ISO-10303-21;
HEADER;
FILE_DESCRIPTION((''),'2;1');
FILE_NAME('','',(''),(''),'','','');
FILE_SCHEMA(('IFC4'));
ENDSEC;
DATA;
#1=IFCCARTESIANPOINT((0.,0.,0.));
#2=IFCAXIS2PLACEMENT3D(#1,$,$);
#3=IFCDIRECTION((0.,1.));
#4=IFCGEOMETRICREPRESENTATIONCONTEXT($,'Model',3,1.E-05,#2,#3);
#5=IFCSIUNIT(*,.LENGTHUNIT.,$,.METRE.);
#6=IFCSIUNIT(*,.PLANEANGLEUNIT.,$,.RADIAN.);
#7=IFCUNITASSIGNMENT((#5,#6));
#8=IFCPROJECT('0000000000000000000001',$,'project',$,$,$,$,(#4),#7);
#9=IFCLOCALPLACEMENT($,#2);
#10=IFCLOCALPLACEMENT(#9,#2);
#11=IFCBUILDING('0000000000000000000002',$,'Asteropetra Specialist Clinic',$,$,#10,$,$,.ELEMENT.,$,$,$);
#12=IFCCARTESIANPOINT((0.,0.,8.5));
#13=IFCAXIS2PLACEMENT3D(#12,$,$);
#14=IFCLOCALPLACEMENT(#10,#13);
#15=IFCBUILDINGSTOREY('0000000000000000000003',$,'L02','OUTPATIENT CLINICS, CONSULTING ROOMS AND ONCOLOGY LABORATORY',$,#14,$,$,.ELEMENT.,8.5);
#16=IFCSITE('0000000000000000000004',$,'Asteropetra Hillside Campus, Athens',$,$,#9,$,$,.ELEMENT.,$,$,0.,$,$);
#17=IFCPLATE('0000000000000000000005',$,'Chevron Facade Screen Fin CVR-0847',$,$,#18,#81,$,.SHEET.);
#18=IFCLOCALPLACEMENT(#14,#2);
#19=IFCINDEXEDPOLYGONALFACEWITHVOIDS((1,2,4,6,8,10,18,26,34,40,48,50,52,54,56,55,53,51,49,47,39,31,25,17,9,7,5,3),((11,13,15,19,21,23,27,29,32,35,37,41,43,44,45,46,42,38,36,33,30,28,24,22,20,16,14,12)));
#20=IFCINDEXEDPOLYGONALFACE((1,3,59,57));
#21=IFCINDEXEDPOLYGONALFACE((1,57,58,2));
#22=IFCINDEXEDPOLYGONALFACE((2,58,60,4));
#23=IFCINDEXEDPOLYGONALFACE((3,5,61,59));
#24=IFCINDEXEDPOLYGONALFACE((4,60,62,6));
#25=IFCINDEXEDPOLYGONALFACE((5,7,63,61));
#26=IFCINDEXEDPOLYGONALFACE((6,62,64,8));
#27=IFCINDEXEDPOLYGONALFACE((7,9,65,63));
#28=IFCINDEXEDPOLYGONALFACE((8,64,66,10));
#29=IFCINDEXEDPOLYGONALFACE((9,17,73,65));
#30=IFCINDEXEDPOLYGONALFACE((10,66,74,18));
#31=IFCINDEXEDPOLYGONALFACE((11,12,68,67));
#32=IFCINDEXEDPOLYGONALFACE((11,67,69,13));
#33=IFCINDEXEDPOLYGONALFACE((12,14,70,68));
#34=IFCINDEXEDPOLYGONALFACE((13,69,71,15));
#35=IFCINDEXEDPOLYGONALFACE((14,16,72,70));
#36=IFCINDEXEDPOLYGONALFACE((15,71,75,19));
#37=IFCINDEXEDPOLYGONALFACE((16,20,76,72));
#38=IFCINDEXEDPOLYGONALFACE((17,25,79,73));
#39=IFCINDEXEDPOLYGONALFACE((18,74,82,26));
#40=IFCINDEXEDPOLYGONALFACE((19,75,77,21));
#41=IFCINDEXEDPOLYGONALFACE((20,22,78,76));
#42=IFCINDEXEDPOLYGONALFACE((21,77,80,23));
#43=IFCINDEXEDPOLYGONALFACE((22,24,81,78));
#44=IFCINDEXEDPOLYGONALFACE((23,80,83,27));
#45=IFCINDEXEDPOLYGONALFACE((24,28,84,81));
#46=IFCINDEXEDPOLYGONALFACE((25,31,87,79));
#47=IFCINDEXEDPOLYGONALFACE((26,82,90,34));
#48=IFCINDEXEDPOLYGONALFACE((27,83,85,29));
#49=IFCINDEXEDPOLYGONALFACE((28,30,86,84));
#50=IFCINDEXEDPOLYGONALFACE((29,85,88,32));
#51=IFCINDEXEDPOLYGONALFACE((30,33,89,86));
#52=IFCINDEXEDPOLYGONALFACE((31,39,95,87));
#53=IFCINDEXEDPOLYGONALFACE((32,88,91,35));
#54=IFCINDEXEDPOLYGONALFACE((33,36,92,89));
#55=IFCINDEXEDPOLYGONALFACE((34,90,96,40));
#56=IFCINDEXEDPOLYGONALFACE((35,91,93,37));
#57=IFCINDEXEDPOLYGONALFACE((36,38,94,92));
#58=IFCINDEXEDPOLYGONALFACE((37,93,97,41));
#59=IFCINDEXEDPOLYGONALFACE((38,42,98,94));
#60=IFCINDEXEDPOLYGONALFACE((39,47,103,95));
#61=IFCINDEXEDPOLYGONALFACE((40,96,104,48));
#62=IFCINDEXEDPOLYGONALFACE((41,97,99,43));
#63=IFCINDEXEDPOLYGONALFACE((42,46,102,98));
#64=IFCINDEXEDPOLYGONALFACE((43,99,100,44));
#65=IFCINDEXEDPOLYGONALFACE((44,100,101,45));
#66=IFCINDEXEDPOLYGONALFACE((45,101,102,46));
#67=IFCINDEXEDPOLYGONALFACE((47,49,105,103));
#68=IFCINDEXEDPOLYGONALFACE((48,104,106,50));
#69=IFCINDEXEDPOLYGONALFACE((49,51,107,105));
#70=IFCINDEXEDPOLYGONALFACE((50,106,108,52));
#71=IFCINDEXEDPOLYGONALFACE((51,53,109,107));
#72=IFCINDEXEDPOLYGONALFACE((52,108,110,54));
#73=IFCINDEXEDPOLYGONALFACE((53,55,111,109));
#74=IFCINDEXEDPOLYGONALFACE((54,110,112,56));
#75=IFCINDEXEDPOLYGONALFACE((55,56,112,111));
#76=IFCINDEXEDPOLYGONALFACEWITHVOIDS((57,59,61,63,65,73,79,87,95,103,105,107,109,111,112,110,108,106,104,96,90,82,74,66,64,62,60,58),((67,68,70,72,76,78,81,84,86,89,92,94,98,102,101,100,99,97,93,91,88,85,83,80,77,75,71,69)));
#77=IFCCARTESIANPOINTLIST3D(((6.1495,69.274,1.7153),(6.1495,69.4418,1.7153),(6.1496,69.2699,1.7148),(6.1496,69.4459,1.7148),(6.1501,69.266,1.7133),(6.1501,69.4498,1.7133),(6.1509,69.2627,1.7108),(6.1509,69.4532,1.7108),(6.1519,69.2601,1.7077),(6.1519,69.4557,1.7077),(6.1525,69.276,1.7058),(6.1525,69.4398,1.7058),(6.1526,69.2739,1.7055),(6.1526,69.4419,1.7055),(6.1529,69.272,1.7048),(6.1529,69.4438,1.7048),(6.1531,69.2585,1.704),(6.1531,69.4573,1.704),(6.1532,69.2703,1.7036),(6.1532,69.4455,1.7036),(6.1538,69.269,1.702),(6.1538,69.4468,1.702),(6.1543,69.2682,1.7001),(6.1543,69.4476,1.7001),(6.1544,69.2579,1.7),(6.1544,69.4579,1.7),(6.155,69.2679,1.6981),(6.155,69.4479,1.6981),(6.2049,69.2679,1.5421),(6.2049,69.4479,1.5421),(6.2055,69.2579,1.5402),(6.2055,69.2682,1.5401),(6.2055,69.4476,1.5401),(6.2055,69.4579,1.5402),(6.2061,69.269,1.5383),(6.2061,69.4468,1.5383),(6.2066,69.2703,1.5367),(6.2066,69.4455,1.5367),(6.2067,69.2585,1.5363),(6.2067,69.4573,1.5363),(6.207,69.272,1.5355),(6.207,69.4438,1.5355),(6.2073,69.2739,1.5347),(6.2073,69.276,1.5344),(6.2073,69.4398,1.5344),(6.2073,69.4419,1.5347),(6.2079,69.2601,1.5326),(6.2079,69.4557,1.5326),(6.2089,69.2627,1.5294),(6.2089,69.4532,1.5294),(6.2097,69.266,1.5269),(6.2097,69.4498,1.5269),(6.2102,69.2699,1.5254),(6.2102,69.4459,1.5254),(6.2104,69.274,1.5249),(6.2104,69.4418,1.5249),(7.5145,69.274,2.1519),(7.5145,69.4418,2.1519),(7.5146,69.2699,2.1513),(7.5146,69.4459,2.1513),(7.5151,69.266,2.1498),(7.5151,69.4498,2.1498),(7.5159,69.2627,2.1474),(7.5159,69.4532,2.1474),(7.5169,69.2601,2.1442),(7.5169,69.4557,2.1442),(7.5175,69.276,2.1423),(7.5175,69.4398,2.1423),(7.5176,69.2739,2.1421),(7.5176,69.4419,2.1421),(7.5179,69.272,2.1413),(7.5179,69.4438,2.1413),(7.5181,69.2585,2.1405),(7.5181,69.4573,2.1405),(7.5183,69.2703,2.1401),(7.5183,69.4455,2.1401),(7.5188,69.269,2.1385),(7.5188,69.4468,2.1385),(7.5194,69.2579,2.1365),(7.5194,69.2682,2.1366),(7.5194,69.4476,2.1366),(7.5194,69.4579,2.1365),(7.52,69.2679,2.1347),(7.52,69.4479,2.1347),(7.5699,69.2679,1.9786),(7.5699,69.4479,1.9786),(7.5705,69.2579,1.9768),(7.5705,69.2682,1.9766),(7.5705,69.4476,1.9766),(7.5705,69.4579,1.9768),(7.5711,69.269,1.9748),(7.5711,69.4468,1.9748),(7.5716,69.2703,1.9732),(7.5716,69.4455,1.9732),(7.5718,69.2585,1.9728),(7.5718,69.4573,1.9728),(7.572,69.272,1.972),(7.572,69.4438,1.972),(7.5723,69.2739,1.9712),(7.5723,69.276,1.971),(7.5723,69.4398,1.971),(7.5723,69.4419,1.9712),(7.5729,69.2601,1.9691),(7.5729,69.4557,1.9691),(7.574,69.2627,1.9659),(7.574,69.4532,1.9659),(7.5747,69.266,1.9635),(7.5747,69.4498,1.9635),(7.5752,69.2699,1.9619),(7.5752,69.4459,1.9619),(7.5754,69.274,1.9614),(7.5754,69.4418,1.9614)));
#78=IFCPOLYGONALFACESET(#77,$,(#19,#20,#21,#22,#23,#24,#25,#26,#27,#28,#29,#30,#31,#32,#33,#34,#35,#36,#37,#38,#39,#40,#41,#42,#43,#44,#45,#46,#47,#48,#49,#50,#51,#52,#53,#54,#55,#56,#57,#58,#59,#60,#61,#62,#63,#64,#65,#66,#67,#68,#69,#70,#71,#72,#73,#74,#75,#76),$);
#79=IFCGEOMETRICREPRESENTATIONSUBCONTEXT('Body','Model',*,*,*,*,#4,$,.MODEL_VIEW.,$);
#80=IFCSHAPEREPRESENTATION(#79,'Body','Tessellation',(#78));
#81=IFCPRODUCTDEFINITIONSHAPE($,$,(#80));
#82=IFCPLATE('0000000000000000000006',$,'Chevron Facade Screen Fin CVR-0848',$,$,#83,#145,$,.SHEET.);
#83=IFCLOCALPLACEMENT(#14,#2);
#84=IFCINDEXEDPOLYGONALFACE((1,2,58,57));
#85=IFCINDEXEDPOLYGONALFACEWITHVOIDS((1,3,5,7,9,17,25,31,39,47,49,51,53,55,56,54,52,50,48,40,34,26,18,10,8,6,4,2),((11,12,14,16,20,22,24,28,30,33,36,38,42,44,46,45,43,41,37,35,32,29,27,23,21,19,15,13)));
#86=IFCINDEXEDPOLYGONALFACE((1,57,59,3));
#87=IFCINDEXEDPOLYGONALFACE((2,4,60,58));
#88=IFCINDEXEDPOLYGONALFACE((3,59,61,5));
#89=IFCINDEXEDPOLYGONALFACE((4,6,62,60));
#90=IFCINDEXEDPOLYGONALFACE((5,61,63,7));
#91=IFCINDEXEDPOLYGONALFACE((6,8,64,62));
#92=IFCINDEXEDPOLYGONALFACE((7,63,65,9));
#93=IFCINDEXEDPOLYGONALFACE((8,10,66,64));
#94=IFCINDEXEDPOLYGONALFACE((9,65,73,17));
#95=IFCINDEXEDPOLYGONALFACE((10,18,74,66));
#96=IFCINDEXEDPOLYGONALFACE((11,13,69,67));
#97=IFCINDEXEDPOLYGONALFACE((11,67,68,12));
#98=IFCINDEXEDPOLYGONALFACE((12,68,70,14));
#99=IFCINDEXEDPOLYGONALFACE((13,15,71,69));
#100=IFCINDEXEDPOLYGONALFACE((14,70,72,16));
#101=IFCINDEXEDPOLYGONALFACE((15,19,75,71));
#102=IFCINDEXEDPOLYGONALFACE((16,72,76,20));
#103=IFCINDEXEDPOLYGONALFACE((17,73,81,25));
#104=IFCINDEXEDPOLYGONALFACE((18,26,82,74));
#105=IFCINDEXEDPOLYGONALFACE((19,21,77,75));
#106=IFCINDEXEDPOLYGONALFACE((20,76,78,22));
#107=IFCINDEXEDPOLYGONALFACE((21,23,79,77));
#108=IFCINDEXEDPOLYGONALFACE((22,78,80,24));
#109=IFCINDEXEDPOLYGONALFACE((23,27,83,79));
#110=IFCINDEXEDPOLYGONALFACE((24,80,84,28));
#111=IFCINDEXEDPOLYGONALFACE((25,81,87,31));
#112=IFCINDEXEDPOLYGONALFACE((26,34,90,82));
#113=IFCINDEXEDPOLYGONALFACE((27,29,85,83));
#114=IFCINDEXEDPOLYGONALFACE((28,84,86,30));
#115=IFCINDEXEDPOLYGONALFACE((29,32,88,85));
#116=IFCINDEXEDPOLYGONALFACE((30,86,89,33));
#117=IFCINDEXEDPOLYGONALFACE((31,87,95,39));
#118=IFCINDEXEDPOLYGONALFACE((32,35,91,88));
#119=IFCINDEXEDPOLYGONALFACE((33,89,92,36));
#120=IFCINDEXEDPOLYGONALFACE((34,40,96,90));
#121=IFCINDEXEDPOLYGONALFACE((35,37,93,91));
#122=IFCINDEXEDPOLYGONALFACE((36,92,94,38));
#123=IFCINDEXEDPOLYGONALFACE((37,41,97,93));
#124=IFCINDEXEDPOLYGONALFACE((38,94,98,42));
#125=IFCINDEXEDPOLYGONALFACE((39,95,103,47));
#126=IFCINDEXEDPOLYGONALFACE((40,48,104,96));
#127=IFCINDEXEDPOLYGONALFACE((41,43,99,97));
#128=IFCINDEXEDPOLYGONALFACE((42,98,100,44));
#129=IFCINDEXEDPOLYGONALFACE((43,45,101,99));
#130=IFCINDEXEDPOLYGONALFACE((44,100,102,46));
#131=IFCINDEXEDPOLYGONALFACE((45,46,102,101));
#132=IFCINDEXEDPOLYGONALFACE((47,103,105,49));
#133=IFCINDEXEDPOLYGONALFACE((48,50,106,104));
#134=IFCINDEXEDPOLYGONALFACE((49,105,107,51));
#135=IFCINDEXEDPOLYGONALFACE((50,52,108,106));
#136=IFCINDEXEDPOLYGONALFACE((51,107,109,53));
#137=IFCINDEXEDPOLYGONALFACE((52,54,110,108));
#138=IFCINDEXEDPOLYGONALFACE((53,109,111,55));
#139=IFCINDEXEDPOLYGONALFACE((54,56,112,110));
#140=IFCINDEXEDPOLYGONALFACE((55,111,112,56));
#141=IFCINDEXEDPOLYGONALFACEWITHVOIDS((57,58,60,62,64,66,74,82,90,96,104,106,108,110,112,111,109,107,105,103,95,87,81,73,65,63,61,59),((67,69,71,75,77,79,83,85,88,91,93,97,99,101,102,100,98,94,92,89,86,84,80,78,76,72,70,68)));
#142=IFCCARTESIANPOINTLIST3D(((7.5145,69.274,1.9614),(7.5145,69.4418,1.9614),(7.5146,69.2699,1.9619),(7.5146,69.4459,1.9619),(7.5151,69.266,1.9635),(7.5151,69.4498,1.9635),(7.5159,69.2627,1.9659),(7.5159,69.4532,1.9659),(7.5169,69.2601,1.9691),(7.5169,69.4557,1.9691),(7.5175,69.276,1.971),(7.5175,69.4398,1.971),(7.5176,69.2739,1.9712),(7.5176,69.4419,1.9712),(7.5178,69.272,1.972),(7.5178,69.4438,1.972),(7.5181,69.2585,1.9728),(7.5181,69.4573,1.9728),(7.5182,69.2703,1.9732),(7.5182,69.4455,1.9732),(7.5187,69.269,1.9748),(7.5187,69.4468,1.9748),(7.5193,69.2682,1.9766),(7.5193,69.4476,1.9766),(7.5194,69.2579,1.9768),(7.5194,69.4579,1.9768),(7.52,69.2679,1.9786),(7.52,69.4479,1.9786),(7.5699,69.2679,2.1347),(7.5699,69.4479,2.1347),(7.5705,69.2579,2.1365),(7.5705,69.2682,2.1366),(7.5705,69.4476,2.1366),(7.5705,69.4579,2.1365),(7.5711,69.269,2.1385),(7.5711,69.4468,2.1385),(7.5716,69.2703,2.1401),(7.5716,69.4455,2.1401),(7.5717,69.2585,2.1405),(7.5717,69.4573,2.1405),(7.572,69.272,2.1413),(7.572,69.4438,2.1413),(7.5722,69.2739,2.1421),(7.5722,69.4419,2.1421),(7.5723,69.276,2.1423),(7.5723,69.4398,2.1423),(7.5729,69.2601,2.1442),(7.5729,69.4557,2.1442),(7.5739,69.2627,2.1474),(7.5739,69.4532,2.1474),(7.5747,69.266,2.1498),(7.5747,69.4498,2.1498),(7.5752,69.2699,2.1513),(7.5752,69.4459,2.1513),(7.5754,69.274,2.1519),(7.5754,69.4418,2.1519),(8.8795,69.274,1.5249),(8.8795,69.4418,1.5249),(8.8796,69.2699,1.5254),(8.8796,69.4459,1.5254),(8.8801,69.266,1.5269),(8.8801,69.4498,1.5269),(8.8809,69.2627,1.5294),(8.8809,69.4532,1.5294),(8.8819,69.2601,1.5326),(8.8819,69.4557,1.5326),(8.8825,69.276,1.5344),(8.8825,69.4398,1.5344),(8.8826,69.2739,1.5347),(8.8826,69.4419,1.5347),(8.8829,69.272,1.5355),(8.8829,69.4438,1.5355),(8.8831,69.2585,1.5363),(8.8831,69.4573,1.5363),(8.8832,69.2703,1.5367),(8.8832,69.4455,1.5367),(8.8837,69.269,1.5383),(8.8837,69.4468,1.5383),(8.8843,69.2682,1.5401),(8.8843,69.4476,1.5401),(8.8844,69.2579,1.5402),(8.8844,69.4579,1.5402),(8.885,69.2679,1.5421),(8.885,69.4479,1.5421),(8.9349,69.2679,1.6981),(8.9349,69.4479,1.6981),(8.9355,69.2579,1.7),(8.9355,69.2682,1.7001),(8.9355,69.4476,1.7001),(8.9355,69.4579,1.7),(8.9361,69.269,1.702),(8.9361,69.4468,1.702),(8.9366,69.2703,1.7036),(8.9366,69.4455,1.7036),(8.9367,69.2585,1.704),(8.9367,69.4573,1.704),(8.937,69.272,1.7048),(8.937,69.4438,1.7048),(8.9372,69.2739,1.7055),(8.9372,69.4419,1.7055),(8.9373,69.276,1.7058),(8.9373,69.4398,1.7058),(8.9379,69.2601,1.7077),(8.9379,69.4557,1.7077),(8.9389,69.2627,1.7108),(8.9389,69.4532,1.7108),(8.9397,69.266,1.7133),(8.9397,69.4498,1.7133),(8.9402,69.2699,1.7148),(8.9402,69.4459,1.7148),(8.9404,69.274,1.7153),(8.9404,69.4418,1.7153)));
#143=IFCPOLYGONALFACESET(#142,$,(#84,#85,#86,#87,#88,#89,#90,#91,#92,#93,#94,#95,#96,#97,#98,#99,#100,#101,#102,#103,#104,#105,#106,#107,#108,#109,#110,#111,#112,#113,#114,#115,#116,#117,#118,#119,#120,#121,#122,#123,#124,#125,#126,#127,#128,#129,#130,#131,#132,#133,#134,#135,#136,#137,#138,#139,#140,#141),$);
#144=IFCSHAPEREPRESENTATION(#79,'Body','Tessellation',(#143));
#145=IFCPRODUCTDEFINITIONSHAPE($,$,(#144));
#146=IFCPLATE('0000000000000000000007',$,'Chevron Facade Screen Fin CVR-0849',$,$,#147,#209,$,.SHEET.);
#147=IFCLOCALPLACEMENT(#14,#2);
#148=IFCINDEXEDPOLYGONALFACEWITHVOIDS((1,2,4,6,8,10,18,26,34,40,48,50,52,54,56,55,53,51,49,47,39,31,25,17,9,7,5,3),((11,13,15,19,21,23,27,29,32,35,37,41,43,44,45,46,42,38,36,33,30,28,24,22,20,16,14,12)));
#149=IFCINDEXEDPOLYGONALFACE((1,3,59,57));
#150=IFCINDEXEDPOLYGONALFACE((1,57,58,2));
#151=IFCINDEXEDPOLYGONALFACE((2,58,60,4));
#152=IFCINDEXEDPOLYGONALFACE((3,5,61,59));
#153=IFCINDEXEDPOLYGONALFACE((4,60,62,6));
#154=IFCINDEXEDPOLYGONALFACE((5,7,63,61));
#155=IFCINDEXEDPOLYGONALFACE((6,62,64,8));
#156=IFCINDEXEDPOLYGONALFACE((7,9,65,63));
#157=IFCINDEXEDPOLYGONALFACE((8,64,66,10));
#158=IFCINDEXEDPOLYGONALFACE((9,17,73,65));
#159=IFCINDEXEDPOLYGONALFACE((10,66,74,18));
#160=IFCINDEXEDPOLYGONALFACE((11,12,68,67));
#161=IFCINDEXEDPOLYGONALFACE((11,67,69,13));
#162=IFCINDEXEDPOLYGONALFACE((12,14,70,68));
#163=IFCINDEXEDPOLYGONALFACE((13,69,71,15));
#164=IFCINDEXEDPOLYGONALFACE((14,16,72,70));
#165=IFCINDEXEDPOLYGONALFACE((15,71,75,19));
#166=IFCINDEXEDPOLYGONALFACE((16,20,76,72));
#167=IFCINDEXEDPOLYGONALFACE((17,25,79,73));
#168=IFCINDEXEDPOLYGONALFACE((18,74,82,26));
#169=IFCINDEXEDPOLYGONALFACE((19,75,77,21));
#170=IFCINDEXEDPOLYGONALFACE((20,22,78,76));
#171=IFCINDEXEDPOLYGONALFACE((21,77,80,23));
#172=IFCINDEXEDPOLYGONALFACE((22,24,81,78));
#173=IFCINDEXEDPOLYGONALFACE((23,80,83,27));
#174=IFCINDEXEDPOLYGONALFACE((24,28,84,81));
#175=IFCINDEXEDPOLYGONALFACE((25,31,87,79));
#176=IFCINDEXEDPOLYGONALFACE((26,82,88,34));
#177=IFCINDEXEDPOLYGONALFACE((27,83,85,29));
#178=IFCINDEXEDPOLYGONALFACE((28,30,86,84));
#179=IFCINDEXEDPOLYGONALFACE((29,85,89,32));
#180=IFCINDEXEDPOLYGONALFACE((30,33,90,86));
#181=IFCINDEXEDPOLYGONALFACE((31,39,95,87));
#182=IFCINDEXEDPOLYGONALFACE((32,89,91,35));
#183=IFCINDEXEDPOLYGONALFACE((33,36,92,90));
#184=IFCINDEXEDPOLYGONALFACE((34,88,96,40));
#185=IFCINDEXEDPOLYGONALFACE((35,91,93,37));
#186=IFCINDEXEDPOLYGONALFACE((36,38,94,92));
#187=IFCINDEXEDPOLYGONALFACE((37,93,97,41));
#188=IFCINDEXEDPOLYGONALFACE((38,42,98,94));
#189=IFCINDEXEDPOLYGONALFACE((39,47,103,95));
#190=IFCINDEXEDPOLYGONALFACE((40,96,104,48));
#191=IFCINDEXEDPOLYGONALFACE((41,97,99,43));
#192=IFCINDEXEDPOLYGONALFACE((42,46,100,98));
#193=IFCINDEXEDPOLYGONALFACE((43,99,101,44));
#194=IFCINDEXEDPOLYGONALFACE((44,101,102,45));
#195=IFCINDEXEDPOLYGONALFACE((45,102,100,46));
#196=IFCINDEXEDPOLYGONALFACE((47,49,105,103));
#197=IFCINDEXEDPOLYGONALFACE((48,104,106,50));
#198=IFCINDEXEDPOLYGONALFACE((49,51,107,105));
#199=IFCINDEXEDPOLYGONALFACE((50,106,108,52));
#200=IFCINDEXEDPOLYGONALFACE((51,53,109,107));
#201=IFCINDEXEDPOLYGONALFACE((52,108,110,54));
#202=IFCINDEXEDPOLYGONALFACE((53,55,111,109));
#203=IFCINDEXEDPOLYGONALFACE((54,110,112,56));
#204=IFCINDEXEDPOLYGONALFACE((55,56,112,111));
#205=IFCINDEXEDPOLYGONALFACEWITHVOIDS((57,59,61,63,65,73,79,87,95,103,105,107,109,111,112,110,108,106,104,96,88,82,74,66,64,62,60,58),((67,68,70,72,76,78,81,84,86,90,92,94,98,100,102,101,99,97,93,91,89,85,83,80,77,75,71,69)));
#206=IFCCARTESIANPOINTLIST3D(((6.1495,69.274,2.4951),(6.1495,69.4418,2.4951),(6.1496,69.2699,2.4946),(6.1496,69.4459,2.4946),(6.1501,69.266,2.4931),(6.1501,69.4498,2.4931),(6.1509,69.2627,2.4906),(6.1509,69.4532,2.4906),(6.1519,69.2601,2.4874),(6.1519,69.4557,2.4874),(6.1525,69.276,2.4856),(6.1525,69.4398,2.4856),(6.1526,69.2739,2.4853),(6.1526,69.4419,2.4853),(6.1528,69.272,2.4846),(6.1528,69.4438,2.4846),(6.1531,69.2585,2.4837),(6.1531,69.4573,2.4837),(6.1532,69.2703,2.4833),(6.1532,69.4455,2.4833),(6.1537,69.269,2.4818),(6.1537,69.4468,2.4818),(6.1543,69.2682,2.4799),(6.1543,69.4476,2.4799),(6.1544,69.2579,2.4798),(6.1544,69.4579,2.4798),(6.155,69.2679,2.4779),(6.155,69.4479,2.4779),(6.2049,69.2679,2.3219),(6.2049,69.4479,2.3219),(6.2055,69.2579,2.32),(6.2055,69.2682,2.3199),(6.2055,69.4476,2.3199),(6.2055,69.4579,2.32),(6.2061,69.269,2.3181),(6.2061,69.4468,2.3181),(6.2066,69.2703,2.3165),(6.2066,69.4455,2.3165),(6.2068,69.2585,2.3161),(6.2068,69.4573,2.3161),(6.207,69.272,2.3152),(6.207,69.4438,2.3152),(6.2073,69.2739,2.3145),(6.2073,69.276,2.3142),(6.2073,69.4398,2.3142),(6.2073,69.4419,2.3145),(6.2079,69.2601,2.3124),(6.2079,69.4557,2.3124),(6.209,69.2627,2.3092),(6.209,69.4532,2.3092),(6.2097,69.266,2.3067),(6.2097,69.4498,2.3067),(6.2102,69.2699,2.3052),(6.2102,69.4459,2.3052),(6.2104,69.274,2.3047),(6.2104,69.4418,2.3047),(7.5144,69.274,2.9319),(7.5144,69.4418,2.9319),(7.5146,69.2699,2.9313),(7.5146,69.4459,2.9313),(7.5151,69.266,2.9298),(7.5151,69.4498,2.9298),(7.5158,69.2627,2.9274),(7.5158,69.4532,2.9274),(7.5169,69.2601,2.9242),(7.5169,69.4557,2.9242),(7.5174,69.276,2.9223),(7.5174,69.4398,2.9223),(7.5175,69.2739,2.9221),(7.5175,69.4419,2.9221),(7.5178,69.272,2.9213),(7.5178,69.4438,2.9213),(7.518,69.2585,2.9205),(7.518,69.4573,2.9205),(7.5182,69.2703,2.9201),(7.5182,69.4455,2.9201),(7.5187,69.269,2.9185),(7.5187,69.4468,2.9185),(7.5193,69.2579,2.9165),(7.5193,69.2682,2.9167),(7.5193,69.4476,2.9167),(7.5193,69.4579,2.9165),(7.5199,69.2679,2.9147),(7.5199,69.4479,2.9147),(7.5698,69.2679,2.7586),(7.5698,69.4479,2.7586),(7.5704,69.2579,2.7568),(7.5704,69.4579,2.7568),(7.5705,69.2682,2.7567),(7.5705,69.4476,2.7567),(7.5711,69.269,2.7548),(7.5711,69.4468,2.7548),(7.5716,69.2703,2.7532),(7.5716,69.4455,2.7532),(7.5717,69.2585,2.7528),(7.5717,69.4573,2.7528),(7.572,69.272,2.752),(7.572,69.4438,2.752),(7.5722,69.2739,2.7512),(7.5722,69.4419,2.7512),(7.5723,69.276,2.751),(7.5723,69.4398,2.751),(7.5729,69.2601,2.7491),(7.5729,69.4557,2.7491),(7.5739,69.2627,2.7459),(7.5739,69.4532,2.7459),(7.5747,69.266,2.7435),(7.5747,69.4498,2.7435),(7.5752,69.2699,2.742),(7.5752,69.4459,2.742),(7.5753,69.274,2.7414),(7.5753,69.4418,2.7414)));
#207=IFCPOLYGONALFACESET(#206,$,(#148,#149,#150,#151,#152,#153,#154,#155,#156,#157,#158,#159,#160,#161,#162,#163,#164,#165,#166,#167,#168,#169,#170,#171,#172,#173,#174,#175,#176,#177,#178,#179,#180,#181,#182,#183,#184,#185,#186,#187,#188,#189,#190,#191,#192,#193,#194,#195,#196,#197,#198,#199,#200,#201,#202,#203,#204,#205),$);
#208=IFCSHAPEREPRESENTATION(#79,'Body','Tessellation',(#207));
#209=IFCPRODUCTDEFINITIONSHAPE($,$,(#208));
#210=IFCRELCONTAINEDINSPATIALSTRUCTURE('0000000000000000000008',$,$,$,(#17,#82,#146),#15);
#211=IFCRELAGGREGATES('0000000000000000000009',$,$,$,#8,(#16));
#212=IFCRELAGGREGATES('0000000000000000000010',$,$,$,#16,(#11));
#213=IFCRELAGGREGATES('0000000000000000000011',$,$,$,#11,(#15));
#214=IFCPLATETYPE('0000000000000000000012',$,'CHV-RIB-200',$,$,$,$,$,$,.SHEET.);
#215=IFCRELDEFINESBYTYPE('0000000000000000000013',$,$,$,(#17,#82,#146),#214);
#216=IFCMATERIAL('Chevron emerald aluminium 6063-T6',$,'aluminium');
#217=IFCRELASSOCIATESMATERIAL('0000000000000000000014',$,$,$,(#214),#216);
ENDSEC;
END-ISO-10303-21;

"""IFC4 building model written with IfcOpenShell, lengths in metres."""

from ifc_helpers import new_model, si_unit, direction, frame, origin, origin_2d, place, context, subcontext, project, spatial, hollow_rectangle, extrude, material, material_profile, profile_set, type_object, element, save


model = new_model("IFC4")

# Units and contexts
model_context = context("Model", 3, precision=1e-05, world=origin(), true_north=direction((0.0, 1.0)))
body_context = subcontext(model_context, "Body", "Model", "MODEL_VIEW")
ifc_project = project(units=[si_unit("LENGTHUNIT", "METRE"), si_unit("PLANEANGLEUNIT", "RADIAN")], contexts=[model_context])

# Site, building, storey
site_placement = place(None, origin())
site = spatial("IfcSite", under=ifc_project, at=site_placement, Name="Asteropetra Hillside Campus, Athens", CompositionType="ELEMENT", RefElevation=0.0)
building_placement = place(site_placement, origin())
building = spatial("IfcBuilding", under=site, at=building_placement, Name="Asteropetra Specialist Clinic", CompositionType="ELEMENT")
storey_placement = place(building_placement, frame((0.0, 0.0, 8.5)))
storey = spatial("IfcBuildingStorey", under=building, at=storey_placement, Name="L02", Description="OUTPATIENT CLINICS, CONSULTING ROOMS AND ONCOLOGY LABORATORY", CompositionType="ELEMENT", Elevation=8.5)

# Plates
ifc_material_1 = material(Name="Chevron emerald aluminium 6063-T6", Category="aluminium")
ifc_material_profile_1 = material_profile(ifc_material_1, hollow_rectangle(XDim=0.2, YDim=0.2, WallThickness=0.01, InnerFilletRadius=0.0081, OuterFilletRadius=0.0161, at=origin_2d()), Name="SHS 200x200x10.0")
ifc_profile_set_1 = profile_set([ifc_material_profile_1], Name="Chevron emerald aluminium 6063-T6")
plate_type_1 = type_object("IfcPlateType", Name="CHV-RIB-200", PredefinedType="SHEET", material=ifc_profile_set_1)
for number, where, z_axis, x_axis, name in (
    (1, (6.1799, 69.3579, 1.6201), (0.95248, 0.0, 0.304603), (0.0, 1.0, 0.0), "Chevron Facade Screen Fin CVR-0847"),
    (2, (7.5449, 69.3579, 2.0566), (0.95248, 0.0, -0.304603), (0.0, 1.0, 0.0), "Chevron Facade Screen Fin CVR-0848"),
    (3, (6.1799, 69.3579, 2.3999), (0.95243, 0.0, 0.304757), (0.0, 1.0, 0.0), "Chevron Facade Screen Fin CVR-0849"),
):
    element("IfcPlate", number, at=place(storey_placement, frame(where, z_axis=z_axis, x_axis=x_axis)), inside=storey, type_object=plate_type_1, Name=name, PredefinedType="SHEET", context=body_context, shape_type="SweptSolid", body=[
        extrude(hollow_rectangle(XDim=0.2, YDim=0.2, WallThickness=0.01, InnerFilletRadius=0.0081, OuterFilletRadius=0.0161, at=origin_2d()), origin(), (0.0, 0.0, 1.0), 1.4331),
    ])

save(model, "model.ifc")
